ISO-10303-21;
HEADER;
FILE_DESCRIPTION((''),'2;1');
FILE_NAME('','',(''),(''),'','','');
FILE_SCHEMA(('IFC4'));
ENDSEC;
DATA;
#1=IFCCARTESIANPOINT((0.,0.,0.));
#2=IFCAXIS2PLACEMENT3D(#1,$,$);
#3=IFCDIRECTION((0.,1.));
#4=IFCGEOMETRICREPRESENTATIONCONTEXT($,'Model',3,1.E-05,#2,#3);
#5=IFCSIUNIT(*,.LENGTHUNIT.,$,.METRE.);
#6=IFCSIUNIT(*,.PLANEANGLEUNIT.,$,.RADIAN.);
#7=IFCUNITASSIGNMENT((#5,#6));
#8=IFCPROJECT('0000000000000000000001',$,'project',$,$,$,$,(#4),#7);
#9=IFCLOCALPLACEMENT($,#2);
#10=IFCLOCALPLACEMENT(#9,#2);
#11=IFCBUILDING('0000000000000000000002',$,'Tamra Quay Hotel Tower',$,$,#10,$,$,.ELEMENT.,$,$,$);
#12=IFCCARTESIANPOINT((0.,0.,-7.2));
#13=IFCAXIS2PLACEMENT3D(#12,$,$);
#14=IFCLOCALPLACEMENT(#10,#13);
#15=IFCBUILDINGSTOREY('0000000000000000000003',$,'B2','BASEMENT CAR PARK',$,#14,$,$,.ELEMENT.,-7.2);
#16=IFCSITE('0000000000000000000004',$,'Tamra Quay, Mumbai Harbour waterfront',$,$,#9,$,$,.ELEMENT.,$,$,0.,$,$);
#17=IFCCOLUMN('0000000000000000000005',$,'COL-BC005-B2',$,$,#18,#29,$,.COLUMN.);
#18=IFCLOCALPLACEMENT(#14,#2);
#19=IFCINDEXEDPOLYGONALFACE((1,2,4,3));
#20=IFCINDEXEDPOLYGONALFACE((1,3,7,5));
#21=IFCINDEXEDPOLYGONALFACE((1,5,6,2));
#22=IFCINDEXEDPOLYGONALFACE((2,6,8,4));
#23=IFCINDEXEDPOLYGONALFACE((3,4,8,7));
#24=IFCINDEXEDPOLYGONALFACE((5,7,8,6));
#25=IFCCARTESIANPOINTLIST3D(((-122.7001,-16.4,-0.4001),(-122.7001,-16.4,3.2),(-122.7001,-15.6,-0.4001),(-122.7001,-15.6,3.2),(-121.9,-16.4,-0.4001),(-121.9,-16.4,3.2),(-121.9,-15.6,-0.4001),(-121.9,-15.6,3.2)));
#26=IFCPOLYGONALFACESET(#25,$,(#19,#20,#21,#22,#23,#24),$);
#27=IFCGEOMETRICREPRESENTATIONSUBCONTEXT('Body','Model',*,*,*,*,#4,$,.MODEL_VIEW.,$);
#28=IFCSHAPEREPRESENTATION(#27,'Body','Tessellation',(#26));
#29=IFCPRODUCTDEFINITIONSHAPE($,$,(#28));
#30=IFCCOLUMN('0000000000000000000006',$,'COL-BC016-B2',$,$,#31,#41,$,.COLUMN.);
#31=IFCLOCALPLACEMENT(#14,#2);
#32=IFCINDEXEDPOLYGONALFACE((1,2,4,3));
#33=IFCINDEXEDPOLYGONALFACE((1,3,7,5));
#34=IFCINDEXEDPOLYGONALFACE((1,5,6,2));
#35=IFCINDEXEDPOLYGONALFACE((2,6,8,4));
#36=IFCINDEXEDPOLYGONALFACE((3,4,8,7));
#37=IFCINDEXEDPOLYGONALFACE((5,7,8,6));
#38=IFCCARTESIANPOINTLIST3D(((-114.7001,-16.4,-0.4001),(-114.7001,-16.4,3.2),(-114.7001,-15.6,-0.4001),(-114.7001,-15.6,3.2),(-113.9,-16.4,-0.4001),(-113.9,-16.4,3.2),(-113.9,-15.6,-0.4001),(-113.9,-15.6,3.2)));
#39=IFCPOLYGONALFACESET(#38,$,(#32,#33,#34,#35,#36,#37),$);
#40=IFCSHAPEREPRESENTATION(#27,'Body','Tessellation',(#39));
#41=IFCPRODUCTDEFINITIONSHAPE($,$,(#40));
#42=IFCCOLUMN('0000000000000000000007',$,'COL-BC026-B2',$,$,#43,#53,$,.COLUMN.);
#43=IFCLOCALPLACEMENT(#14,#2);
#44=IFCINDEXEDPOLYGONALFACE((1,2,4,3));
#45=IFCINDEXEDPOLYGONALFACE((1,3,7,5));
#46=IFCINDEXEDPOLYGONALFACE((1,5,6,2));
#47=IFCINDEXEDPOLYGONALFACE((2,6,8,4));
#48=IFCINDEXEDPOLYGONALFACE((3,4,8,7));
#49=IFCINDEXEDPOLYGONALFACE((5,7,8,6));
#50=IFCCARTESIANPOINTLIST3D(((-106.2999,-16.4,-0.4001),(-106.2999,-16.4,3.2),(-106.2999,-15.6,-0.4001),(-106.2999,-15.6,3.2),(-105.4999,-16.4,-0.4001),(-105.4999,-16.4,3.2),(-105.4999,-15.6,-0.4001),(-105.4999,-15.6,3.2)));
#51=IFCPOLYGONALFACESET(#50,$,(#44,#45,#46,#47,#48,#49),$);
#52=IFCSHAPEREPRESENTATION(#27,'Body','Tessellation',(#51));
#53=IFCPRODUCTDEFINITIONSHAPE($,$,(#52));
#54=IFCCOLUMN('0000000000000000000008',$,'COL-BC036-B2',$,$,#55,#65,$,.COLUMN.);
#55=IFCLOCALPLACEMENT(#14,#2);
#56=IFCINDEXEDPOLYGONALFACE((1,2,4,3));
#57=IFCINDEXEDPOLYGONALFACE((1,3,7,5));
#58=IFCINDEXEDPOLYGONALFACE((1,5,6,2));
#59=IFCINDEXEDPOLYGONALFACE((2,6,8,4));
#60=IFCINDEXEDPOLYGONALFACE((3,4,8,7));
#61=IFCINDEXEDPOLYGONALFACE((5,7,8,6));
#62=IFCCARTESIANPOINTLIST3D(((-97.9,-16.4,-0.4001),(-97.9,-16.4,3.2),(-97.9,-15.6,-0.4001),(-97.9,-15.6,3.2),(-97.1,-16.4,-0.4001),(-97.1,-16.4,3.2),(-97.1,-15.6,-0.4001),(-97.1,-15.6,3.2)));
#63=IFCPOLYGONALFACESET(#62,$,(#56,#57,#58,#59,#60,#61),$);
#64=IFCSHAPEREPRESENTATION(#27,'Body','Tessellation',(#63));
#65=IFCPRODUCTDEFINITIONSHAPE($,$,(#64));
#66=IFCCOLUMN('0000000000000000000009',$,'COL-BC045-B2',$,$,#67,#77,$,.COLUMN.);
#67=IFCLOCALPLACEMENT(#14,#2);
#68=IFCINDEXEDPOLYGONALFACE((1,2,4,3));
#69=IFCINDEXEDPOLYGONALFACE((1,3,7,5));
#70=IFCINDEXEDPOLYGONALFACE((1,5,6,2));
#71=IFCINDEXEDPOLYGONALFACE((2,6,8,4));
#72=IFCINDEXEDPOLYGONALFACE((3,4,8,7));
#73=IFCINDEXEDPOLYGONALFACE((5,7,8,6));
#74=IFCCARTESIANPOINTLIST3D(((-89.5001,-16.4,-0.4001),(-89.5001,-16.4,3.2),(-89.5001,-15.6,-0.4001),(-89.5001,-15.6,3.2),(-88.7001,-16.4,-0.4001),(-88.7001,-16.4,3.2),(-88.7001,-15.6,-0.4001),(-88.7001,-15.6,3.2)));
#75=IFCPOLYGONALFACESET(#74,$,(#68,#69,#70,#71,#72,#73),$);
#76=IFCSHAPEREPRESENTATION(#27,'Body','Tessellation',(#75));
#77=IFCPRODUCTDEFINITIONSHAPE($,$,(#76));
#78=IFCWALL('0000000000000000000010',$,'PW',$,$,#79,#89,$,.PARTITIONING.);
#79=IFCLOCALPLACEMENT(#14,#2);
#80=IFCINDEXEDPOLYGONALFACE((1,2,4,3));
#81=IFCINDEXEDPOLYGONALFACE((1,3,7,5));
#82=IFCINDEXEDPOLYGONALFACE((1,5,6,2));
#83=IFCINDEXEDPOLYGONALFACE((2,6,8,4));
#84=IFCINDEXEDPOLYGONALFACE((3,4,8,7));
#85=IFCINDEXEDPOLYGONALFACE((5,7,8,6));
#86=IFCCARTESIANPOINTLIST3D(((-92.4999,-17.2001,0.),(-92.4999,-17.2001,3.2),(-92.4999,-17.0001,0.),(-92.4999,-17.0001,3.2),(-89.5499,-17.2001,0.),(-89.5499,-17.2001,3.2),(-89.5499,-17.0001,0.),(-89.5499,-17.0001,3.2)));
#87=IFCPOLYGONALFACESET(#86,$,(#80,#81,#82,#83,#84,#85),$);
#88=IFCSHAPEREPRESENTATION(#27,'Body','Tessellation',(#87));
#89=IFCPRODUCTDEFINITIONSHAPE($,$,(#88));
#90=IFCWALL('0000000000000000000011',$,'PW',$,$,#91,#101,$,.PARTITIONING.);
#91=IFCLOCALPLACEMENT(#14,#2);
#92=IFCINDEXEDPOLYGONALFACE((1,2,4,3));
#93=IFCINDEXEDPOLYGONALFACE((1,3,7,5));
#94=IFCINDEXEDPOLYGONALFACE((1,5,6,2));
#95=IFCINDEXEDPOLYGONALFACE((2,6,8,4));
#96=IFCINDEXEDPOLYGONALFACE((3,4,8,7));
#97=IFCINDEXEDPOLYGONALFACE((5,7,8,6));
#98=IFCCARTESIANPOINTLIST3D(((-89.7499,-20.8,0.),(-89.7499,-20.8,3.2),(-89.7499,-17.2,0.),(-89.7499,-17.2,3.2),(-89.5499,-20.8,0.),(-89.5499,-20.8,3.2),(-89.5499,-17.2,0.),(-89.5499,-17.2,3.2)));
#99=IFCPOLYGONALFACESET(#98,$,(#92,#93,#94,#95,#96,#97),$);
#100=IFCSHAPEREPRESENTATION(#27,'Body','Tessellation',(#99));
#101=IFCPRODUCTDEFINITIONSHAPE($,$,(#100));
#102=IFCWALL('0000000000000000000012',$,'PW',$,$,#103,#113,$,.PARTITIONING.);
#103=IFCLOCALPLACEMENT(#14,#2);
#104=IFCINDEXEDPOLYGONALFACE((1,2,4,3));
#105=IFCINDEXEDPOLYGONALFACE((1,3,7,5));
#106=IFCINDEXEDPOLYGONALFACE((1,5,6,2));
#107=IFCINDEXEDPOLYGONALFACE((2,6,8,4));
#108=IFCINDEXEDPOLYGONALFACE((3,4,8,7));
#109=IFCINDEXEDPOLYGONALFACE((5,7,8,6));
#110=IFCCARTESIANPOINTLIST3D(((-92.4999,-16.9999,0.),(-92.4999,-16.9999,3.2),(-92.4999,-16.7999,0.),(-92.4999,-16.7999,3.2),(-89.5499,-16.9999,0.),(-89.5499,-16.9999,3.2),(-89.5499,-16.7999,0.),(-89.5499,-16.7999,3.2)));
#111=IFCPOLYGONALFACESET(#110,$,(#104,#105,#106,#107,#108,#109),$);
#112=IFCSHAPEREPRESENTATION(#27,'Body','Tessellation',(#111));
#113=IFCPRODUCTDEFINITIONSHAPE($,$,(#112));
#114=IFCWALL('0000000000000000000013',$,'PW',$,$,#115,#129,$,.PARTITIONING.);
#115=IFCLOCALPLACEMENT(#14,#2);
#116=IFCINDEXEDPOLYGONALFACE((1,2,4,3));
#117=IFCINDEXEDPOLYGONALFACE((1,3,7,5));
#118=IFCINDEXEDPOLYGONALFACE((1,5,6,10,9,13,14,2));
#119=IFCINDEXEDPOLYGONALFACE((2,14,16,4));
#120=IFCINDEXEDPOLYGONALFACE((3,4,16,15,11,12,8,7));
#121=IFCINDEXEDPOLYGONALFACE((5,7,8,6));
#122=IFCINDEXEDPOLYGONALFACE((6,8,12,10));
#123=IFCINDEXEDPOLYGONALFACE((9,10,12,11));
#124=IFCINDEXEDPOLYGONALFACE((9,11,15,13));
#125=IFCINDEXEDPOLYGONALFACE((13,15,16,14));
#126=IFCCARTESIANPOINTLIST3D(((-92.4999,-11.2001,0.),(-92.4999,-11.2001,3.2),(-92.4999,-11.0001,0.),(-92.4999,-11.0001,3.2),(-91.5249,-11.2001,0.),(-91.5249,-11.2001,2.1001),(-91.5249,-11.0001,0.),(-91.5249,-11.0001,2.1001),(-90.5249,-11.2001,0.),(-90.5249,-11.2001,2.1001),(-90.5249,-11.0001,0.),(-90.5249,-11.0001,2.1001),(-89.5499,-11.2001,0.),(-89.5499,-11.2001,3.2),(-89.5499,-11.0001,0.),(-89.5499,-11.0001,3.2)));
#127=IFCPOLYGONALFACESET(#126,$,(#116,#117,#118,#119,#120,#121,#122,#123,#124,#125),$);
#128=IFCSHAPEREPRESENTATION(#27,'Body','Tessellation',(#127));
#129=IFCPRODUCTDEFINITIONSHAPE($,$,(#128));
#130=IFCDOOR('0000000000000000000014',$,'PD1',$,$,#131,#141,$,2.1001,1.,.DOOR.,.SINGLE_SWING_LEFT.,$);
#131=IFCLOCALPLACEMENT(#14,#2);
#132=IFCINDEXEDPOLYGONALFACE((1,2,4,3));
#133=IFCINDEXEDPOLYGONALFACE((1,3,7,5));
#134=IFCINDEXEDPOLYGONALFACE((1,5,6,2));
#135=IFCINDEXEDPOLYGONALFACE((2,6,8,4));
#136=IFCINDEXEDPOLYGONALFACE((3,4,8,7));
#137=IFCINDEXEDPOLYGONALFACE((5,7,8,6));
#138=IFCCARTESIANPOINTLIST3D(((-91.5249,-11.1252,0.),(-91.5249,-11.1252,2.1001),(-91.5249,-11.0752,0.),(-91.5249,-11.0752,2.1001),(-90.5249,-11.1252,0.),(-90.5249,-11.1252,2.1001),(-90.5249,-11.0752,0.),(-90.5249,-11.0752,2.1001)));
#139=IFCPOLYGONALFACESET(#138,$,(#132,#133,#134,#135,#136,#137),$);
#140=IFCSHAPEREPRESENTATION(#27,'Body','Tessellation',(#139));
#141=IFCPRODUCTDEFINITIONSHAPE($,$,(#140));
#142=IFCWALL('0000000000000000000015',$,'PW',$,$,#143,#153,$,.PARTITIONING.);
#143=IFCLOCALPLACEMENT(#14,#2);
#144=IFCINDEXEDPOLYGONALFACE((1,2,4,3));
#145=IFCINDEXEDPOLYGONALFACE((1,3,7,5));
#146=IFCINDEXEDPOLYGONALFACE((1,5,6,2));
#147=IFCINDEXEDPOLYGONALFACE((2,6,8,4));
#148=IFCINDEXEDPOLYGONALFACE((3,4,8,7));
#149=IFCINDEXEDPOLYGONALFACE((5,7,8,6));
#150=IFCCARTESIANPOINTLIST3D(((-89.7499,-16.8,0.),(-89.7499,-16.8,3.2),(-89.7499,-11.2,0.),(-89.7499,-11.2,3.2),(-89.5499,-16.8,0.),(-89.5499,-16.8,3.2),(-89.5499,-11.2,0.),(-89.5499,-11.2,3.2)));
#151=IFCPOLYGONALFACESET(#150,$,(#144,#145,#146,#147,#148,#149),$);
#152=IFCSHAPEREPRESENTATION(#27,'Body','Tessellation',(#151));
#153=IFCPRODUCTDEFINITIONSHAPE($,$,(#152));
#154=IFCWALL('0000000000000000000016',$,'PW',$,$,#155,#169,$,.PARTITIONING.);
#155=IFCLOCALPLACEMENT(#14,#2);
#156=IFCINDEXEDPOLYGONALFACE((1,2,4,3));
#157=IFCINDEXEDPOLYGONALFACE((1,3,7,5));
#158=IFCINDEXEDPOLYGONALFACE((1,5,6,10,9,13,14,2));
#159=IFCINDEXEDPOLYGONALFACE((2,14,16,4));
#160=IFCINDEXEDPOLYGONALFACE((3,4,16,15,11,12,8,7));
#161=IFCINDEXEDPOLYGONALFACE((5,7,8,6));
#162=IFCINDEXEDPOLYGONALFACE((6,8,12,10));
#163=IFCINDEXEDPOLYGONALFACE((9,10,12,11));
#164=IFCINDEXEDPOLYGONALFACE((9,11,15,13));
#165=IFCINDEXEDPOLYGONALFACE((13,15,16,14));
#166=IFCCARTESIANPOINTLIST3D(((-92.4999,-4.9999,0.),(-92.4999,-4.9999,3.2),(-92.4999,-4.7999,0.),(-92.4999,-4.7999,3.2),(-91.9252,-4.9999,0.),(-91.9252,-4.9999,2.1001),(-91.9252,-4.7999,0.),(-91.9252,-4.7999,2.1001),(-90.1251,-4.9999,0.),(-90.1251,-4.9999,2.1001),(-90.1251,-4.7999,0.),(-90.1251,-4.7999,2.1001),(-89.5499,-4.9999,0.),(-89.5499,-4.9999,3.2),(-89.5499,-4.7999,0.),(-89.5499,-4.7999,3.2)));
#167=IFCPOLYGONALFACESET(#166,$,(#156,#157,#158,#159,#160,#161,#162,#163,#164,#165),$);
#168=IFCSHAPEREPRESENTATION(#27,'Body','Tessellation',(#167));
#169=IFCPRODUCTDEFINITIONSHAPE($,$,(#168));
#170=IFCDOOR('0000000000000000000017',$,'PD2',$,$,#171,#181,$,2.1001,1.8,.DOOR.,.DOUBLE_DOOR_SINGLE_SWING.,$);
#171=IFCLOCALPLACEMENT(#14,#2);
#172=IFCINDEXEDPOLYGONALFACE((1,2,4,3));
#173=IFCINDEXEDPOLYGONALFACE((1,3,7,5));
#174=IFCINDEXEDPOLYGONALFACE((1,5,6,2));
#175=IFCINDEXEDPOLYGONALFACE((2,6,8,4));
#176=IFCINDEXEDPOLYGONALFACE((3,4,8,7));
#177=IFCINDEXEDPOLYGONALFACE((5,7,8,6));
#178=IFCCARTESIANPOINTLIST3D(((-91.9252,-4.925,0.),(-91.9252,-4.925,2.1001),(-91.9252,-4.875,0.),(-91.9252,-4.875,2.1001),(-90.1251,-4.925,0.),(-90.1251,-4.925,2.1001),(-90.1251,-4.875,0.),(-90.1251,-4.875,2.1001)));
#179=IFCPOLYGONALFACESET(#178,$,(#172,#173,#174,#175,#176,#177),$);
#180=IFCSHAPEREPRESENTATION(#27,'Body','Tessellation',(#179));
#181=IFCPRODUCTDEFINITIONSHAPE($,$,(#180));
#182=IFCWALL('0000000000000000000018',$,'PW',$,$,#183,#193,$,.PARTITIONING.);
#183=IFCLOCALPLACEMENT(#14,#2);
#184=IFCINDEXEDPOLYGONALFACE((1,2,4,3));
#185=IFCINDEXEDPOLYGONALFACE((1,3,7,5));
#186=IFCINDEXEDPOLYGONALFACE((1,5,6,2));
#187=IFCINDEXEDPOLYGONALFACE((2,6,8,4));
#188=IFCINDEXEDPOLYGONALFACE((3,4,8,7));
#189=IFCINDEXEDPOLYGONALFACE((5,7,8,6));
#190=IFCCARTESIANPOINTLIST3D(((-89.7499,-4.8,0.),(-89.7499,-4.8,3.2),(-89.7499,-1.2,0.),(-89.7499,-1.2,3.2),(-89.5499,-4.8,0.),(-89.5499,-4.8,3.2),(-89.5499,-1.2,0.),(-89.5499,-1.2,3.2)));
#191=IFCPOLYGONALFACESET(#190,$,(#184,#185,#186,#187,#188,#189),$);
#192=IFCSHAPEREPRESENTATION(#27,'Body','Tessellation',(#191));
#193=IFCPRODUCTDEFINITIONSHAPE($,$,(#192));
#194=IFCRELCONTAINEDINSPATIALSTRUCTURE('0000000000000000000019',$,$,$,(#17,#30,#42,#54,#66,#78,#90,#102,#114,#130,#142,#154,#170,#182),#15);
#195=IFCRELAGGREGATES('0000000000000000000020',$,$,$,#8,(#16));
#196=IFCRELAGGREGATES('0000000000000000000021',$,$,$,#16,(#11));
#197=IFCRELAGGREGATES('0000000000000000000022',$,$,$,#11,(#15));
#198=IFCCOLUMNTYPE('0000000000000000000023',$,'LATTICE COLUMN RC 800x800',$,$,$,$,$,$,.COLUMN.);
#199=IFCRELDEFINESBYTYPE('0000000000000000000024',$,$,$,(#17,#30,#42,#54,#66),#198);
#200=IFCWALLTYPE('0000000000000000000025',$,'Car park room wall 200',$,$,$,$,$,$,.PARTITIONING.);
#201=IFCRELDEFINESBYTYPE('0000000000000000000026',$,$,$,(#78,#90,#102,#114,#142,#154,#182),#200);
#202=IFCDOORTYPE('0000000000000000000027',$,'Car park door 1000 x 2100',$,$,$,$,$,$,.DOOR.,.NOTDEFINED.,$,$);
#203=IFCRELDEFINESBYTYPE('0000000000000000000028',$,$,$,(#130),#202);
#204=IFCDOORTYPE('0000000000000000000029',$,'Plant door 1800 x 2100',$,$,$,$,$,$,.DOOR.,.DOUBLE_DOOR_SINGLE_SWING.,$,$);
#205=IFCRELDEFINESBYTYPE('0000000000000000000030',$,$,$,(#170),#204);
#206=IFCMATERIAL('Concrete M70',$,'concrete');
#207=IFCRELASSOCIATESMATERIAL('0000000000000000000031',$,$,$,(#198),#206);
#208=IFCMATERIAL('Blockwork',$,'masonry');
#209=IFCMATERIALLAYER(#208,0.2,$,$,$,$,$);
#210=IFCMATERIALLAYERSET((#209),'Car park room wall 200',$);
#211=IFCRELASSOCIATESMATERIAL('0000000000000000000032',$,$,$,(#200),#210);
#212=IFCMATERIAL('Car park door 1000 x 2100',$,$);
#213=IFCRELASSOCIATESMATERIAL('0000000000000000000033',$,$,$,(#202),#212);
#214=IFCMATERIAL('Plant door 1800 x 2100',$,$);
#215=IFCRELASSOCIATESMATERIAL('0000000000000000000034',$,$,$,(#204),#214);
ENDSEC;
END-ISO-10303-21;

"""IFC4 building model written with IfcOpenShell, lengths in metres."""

from ifc_helpers import new_model, si_unit, direction, frame, frame_2d, origin, origin_2d, place, context, subcontext, project, spatial, rectangle, extrude, material, layer, layer_set, material_profile, profile_set, type_object, element, fill, save


model = new_model("IFC4")

# Units and contexts
model_context = context("Model", 3, precision=1e-05, world=origin(), true_north=direction((0.0, 1.0)))
body_context = subcontext(model_context, "Body", "Model", "MODEL_VIEW")
ifc_project = project(units=[si_unit("LENGTHUNIT", "METRE"), si_unit("PLANEANGLEUNIT", "RADIAN")], contexts=[model_context])

# Site, building, storey
site_placement = place(None, origin())
site = spatial("IfcSite", under=ifc_project, at=site_placement, Name="Tamra Quay, Mumbai Harbour waterfront", CompositionType="ELEMENT", RefElevation=0.0)
building_placement = place(site_placement, origin())
building = spatial("IfcBuilding", under=site, at=building_placement, Name="Tamra Quay Hotel Tower", CompositionType="ELEMENT")
storey_placement = place(building_placement, frame((0.0, 0.0, -7.2)))
storey = spatial("IfcBuildingStorey", under=building, at=storey_placement, Name="B2", Description="BASEMENT CAR PARK", CompositionType="ELEMENT", Elevation=-7.2)

# Columns
ifc_material_1 = material(Name="Concrete M70", Category="concrete")
ifc_material_profile = material_profile(ifc_material_1, rectangle(XDim=0.8, YDim=0.8, at=origin_2d()), Name="LATTICE COLUMN RC 800x800")
ifc_profile_set = profile_set([ifc_material_profile], Name="Concrete M70")
column_type = type_object("IfcColumnType", Name="LATTICE COLUMN RC 800x800", PredefinedType="COLUMN", material=ifc_profile_set)
for number, where, z_axis, x_axis, name in (
    (1, (-122.3, -16.0, -0.4001), (0.0, 0.0, 1.0), (1.0, 0.0, 0.0), "COL-BC005-B2"),
    (2, (-114.3, -16.0, -0.4001), (0.0, 0.0, 1.0), (1.0, 0.0, 0.0), "COL-BC016-B2"),
    (3, (-105.8999, -16.0, -0.4001), (0.0, 0.0, 1.0), (1.0, 0.0, 0.0), "COL-BC026-B2"),
    (4, (-97.5, -16.0, -0.4001), (0.0, 0.0, 1.0), (1.0, 0.0, 0.0), "COL-BC036-B2"),
    (5, (-89.1001, -16.0, -0.4001), (0.0, 0.0, 1.0), (1.0, 0.0, 0.0), "COL-BC045-B2"),
):
    element("IfcColumn", number, at=place(storey_placement, frame(where, z_axis=z_axis, x_axis=x_axis)), inside=storey, type_object=column_type, Name=name, PredefinedType="COLUMN", context=body_context, shape_type="SweptSolid", body=[
        extrude(rectangle(XDim=0.8, YDim=0.8, at=origin_2d()), origin(), (0.0, 0.0, 1.0), 3.6001),
    ])

# Walls
ifc_material_2 = material(Name="Blockwork", Category="masonry")
ifc_layer_1 = layer(ifc_material_2, 0.2)
ifc_layer_set_1 = layer_set([ifc_layer_1], Name="Car park room wall 200")
wall_type_1 = type_object("IfcWallType", Name="Car park room wall 200", PredefinedType="PARTITIONING", material=ifc_layer_set_1)
wall_1_placement = place(storey_placement, frame((-92.5, -17.1001, 0.0), z_axis=(0.0, 0.0, 1.0), x_axis=(1.0, 0.0, 0.0)))
element("IfcWall", 6, at=wall_1_placement, inside=storey, type_object=wall_type_1, Name="PW", PredefinedType="PARTITIONING", context=body_context, shape_type="SweptSolid", body=[
    extrude(rectangle(XDim=2.95, YDim=0.2, at=frame_2d((1.4751, 0.0))), origin(), (0.0, 0.0, 1.0), 3.2),
])
wall_2_placement = place(storey_placement, frame((-89.6499, -20.8, 0.0), z_axis=(0.0, 0.0, 1.0), x_axis=(0.0, 1.0, 0.0)))
element("IfcWall", 7, at=wall_2_placement, inside=storey, type_object=wall_type_1, Name="PW", PredefinedType="PARTITIONING", context=body_context, shape_type="SweptSolid", body=[
    extrude(rectangle(XDim=3.6001, YDim=0.2, at=frame_2d((1.8, 0.0))), origin(), (0.0, 0.0, 1.0), 3.2),
])
wall_3_placement = place(storey_placement, frame((-92.5, -16.8999, 0.0), z_axis=(0.0, 0.0, 1.0), x_axis=(1.0, 0.0, 0.0)))
element("IfcWall", 8, at=wall_3_placement, inside=storey, type_object=wall_type_1, Name="PW", PredefinedType="PARTITIONING", context=body_context, shape_type="SweptSolid", body=[
    extrude(rectangle(XDim=2.95, YDim=0.2, at=frame_2d((1.4751, 0.0))), origin(), (0.0, 0.0, 1.0), 3.2),
])

# Wall, opening, door
wall_4_placement = place(storey_placement, frame((-92.5, -11.1001, 0.0), z_axis=(0.0, 0.0, 1.0), x_axis=(1.0, 0.0, 0.0)))
wall_4 = element("IfcWall", 9, at=wall_4_placement, inside=storey, type_object=wall_type_1, Name="PW", PredefinedType="PARTITIONING", context=body_context, shape_type="SweptSolid", body=[
    extrude(rectangle(XDim=2.95, YDim=0.2, at=frame_2d((1.4751, 0.0))), origin(), (0.0, 0.0, 1.0), 3.2),
])
opening_1_placement = place(wall_4_placement, frame((0.9751, 0.0, 0.0)))
opening_1 = element("IfcOpeningElement", 10, at=opening_1_placement, cuts=wall_4, PredefinedType="OPENING", context=body_context, shape_type="SweptSolid", body=[
    extrude(rectangle(XDim=1.0, YDim=2.1001, at=frame_2d((0.5, 1.05))), frame((0.0, 0.1099, 0.0), z_axis=(0.0, -1.0, 0.0), x_axis=(1.0, 0.0, 0.0)), (0.0, 0.0, 1.0), 0.22),
])
ifc_material_3 = material(Name="Car park door 1000 x 2100")
door_type_1 = type_object("IfcDoorType", Name="Car park door 1000 x 2100", OperationType="NOTDEFINED", PredefinedType="DOOR", material=ifc_material_3)
door_1_placement = place(opening_1_placement, origin())
door_1 = element("IfcDoor", 11, at=door_1_placement, inside=storey, type_object=door_type_1, Name="PD1", OperationType="SINGLE_SWING_LEFT", OverallHeight=2.1001, OverallWidth=1.0, PredefinedType="DOOR", context=body_context, shape_type="SweptSolid", body=[
    extrude(rectangle(XDim=1.0, YDim=2.1001, at=frame_2d((0.5, 1.05))), frame((0.0, 0.0249, 0.0), z_axis=(0.0, -1.0, 0.0), x_axis=(1.0, 0.0, 0.0)), (0.0, 0.0, 1.0), 0.05),
])
fill(opening_1, door_1)

# Wall
wall_5_placement = place(storey_placement, frame((-89.6499, -16.8, 0.0), z_axis=(0.0, 0.0, 1.0), x_axis=(0.0, 1.0, 0.0)))
element("IfcWall", 12, at=wall_5_placement, inside=storey, type_object=wall_type_1, Name="PW", PredefinedType="PARTITIONING", context=body_context, shape_type="SweptSolid", body=[
    extrude(rectangle(XDim=5.6001, YDim=0.2, at=frame_2d((2.8, 0.0))), origin(), (0.0, 0.0, 1.0), 3.2),
])

# Wall, opening, door
wall_6_placement = place(storey_placement, frame((-92.5, -4.8999, 0.0), z_axis=(0.0, 0.0, 1.0), x_axis=(1.0, 0.0, 0.0)))
wall_6 = element("IfcWall", 13, at=wall_6_placement, inside=storey, type_object=wall_type_1, Name="PW", PredefinedType="PARTITIONING", context=body_context, shape_type="SweptSolid", body=[
    extrude(rectangle(XDim=2.95, YDim=0.2, at=frame_2d((1.4751, 0.0))), origin(), (0.0, 0.0, 1.0), 3.2),
])
opening_2_placement = place(wall_6_placement, frame((0.575, 0.0, 0.0)))
opening_2 = element("IfcOpeningElement", 14, at=opening_2_placement, cuts=wall_6, PredefinedType="OPENING", context=body_context, shape_type="SweptSolid", body=[
    extrude(rectangle(XDim=1.8, YDim=2.1001, at=frame_2d((0.8999, 1.05))), frame((0.0, 0.1099, 0.0), z_axis=(0.0, -1.0, 0.0), x_axis=(1.0, 0.0, 0.0)), (0.0, 0.0, 1.0), 0.22),
])
ifc_material_4 = material(Name="Plant door 1800 x 2100")
door_type_2 = type_object("IfcDoorType", Name="Plant door 1800 x 2100", OperationType="DOUBLE_DOOR_SINGLE_SWING", PredefinedType="DOOR", material=ifc_material_4)
door_2_placement = place(opening_2_placement, origin())
door_2 = element("IfcDoor", 15, at=door_2_placement, inside=storey, type_object=door_type_2, Name="PD2", OperationType="DOUBLE_DOOR_SINGLE_SWING", OverallHeight=2.1001, OverallWidth=1.8, PredefinedType="DOOR", context=body_context, shape_type="SweptSolid", body=[
    extrude(rectangle(XDim=1.8, YDim=2.1001, at=frame_2d((0.8999, 1.05))), frame((0.0, 0.0249, 0.0), z_axis=(0.0, -1.0, 0.0), x_axis=(1.0, 0.0, 0.0)), (0.0, 0.0, 1.0), 0.05),
])
fill(opening_2, door_2)

# Wall
wall_7_placement = place(storey_placement, frame((-89.6499, -4.8, 0.0), z_axis=(0.0, 0.0, 1.0), x_axis=(0.0, 1.0, 0.0)))
element("IfcWall", 16, at=wall_7_placement, inside=storey, type_object=wall_type_1, Name="PW", PredefinedType="PARTITIONING", context=body_context, shape_type="SweptSolid", body=[
    extrude(rectangle(XDim=3.6001, YDim=0.2, at=frame_2d((1.8, 0.0))), origin(), (0.0, 0.0, 1.0), 3.2),
])

save(model, "model.ifc")
